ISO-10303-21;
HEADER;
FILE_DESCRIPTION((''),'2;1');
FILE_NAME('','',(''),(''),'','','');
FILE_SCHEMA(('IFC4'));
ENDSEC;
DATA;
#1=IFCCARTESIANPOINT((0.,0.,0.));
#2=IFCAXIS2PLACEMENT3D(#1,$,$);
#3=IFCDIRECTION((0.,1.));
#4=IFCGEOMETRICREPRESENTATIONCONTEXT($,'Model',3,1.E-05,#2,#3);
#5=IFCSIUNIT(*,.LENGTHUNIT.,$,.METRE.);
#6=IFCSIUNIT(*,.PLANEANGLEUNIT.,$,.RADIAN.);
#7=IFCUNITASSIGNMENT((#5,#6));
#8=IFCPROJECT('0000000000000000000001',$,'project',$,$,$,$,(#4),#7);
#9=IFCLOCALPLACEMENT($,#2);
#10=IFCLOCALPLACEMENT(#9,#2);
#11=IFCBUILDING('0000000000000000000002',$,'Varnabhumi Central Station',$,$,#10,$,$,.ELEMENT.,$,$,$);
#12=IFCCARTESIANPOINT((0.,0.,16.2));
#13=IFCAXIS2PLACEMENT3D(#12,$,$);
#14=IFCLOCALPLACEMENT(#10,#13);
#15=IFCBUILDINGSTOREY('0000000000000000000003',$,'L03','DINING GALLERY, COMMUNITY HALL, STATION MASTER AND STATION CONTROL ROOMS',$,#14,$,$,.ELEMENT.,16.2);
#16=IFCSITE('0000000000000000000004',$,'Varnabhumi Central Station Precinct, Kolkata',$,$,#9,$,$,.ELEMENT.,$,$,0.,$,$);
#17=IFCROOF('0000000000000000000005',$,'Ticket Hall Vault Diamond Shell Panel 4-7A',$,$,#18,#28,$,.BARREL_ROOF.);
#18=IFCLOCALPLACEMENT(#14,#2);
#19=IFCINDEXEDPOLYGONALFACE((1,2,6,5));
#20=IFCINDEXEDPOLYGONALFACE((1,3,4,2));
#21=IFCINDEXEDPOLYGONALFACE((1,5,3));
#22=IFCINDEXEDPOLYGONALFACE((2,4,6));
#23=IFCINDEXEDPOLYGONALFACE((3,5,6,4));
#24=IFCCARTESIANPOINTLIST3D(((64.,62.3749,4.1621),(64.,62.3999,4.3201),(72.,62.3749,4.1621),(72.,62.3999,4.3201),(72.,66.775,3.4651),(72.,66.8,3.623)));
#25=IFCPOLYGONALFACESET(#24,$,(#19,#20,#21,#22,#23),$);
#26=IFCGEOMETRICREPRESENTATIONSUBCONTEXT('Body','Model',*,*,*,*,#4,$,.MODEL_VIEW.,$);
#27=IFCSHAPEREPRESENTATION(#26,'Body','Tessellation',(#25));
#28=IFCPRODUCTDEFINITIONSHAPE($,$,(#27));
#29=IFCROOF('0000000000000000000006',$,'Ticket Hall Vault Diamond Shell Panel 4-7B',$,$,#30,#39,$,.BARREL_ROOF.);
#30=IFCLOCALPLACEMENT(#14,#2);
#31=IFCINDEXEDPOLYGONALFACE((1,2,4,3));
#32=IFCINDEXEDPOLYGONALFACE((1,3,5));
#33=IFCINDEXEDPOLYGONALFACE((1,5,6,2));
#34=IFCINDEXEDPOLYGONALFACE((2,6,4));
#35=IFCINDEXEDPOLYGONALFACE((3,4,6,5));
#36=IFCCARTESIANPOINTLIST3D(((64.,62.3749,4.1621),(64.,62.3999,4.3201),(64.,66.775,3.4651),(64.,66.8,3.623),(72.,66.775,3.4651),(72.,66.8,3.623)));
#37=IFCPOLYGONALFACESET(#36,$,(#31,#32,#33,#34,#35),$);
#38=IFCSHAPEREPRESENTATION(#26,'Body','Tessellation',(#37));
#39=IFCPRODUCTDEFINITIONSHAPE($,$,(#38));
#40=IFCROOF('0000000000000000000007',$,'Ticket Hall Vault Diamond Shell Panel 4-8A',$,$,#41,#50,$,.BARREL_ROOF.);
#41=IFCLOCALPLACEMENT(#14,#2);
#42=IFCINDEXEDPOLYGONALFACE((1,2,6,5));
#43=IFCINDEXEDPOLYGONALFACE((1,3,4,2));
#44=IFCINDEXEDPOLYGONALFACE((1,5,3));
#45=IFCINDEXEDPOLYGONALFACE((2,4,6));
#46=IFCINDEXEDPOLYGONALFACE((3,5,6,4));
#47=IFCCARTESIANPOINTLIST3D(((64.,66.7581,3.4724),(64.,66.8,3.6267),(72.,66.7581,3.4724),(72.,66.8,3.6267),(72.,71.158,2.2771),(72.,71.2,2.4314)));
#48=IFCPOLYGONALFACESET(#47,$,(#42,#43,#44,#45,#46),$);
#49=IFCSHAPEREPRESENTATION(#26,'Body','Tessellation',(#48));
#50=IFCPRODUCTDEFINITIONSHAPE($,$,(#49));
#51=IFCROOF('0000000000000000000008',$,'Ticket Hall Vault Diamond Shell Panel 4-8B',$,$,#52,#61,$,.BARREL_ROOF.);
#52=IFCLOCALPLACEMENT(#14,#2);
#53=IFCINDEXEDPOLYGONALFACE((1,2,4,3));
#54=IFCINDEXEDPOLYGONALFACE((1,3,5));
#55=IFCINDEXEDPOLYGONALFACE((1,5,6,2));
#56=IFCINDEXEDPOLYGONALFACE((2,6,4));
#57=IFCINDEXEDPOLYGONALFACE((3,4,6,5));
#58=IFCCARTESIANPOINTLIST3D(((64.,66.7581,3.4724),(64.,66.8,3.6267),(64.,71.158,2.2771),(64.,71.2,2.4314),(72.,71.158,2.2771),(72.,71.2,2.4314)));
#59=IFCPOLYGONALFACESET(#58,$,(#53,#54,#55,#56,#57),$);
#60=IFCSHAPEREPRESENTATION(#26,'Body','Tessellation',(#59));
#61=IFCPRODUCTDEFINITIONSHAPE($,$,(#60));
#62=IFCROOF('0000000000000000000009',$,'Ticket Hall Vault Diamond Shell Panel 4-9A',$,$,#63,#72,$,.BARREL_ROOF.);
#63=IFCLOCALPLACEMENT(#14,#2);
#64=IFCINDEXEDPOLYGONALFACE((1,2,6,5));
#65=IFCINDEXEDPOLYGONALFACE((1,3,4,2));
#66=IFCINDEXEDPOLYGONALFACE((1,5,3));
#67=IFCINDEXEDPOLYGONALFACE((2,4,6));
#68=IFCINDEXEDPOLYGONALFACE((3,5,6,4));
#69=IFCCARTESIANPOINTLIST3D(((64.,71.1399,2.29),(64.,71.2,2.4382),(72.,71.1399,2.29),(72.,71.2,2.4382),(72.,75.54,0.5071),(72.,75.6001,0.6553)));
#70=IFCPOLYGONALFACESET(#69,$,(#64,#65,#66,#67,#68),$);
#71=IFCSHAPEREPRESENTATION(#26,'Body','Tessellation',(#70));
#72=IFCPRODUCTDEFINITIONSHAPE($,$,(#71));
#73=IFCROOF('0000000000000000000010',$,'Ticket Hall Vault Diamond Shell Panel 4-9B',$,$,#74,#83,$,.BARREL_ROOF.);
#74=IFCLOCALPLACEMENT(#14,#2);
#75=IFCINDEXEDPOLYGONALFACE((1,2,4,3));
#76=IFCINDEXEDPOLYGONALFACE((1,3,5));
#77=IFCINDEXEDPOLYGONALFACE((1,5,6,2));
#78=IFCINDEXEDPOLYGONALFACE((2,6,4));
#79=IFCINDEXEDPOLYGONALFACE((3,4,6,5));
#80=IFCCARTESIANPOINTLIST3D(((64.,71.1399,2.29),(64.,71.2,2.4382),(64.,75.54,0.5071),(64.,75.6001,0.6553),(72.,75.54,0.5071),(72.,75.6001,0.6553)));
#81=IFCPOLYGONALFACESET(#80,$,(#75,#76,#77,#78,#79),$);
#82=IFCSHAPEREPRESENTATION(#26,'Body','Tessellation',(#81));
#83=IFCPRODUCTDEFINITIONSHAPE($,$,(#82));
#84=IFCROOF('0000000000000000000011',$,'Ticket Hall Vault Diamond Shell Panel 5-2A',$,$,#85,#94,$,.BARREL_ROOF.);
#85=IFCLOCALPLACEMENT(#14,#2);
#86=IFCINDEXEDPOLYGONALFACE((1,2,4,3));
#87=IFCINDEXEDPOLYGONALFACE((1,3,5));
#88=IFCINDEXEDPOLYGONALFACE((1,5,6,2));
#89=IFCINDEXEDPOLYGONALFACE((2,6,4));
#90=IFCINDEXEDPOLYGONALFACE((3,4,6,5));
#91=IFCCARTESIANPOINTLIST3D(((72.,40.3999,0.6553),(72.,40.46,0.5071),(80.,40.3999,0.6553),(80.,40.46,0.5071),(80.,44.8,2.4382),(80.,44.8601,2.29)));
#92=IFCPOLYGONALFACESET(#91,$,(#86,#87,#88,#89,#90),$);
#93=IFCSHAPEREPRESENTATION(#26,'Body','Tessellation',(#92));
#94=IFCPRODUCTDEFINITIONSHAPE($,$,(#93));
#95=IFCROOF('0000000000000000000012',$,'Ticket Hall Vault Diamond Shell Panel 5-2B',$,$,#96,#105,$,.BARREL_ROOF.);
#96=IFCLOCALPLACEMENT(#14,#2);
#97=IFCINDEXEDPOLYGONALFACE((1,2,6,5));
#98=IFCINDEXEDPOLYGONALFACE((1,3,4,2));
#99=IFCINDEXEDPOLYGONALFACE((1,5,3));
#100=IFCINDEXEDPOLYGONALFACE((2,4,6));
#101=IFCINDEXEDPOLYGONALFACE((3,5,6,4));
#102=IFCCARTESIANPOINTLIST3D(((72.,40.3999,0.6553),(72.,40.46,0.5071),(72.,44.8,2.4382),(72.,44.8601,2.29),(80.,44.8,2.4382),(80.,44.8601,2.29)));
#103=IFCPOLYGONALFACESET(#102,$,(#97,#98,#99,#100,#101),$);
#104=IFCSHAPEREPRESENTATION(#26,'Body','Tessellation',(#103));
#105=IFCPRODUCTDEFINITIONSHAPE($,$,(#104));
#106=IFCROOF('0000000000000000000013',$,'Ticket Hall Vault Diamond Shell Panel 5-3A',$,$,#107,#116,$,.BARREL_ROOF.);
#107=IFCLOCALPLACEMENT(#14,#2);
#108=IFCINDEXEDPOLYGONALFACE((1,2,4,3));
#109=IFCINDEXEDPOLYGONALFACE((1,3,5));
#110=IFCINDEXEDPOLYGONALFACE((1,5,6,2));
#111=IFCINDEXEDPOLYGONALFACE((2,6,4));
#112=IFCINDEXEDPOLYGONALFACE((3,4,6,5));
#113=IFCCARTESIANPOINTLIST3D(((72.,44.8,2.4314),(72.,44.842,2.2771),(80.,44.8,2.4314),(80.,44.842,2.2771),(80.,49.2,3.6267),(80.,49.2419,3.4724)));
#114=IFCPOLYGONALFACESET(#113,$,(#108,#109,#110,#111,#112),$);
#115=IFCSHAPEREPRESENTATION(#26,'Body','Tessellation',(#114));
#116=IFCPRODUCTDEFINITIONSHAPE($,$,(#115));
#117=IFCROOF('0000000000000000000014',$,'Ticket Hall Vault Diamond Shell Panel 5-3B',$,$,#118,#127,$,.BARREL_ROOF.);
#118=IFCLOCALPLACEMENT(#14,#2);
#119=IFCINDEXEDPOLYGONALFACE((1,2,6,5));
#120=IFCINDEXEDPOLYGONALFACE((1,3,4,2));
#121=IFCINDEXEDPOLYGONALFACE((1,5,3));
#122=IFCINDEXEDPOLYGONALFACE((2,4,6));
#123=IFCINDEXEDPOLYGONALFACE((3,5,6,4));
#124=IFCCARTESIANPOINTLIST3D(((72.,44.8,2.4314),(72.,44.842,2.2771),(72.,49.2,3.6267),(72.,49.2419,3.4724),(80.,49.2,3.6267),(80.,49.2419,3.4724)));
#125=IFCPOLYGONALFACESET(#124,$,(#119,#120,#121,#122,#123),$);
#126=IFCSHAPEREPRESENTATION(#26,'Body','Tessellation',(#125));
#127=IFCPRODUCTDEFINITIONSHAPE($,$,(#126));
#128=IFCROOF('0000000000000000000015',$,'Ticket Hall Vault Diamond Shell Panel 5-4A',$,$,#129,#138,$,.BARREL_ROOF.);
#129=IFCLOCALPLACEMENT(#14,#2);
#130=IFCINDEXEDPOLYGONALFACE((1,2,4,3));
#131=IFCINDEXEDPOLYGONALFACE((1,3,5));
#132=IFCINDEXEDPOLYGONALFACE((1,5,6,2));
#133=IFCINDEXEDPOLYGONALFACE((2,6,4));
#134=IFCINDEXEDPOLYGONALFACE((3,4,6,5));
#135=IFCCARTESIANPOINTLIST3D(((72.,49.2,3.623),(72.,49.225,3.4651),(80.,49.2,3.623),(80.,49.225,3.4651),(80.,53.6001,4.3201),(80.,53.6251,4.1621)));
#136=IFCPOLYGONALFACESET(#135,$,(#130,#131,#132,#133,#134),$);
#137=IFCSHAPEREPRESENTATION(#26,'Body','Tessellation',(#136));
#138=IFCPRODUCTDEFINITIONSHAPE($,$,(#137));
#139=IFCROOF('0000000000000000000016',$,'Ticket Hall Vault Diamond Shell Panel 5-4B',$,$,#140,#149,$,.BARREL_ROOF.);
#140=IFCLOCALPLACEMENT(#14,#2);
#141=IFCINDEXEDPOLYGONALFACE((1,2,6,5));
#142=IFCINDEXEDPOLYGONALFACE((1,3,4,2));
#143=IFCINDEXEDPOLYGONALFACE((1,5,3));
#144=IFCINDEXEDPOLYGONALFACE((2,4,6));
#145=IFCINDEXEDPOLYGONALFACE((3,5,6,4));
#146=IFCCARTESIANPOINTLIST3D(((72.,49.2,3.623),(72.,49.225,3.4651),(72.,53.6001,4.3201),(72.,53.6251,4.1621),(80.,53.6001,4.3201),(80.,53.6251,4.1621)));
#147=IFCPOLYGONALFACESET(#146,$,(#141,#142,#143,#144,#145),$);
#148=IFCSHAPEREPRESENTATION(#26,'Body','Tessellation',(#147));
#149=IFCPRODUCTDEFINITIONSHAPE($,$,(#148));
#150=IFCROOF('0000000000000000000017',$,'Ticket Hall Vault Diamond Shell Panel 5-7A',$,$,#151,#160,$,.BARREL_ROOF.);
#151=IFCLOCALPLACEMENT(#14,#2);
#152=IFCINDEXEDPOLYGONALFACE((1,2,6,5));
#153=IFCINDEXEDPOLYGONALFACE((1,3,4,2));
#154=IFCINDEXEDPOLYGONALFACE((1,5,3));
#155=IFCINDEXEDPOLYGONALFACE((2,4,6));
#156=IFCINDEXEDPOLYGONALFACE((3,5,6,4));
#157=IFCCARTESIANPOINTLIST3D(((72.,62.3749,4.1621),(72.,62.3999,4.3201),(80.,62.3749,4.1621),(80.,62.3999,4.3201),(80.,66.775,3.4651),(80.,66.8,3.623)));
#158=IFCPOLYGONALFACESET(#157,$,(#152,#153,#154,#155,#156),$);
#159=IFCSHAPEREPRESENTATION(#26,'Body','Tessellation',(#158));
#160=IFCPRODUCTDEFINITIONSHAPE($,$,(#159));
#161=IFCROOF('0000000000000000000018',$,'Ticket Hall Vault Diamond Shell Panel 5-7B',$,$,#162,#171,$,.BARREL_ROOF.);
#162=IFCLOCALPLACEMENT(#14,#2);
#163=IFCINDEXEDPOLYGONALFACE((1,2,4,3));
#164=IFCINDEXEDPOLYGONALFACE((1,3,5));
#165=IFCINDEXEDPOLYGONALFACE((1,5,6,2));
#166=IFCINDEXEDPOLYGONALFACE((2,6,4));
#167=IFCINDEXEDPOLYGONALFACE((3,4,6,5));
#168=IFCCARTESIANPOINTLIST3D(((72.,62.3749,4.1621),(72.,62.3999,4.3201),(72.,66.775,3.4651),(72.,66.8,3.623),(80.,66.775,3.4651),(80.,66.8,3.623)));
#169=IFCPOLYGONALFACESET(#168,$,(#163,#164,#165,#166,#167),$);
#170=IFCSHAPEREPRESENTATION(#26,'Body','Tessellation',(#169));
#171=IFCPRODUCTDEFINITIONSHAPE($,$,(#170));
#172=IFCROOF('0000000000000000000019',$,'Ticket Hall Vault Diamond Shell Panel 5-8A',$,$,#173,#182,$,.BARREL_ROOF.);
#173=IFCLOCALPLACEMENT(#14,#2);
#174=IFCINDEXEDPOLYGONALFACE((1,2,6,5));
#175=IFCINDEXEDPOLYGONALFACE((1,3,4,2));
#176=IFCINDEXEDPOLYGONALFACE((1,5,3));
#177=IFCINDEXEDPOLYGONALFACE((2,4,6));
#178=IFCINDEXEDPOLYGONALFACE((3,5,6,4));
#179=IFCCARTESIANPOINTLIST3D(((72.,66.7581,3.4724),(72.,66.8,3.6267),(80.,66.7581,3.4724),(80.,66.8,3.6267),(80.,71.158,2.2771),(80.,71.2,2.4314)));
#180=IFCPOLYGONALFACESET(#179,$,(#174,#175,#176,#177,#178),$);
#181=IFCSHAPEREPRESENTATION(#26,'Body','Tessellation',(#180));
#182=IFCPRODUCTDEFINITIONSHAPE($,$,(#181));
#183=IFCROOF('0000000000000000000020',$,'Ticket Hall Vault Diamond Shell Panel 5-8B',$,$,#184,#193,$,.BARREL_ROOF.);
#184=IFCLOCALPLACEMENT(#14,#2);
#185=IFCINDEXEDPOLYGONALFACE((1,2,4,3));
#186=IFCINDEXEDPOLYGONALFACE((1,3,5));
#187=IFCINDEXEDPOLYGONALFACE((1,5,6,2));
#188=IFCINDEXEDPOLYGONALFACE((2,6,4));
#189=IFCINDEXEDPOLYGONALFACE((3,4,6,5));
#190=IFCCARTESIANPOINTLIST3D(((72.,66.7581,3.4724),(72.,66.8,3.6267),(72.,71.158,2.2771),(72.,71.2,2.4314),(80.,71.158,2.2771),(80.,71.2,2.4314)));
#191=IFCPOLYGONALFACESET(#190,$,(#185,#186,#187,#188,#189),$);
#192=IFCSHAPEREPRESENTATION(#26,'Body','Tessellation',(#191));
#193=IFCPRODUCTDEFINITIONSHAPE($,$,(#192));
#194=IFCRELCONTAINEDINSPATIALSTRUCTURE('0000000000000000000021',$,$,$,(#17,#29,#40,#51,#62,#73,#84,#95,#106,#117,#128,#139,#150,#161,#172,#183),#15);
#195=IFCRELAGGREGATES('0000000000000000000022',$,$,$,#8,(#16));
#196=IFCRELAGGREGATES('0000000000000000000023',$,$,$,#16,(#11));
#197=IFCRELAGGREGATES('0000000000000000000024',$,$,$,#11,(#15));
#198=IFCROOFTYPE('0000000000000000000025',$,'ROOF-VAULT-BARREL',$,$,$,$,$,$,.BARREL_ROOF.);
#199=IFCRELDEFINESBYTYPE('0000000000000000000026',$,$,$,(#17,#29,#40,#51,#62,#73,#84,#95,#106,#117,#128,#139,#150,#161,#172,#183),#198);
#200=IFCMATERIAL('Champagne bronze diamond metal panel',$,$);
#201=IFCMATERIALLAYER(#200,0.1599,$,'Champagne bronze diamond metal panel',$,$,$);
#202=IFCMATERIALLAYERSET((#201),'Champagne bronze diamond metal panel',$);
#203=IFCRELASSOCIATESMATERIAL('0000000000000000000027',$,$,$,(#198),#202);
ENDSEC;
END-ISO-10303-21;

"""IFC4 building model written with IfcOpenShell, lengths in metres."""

from ifc_helpers import new_model, si_unit, direction, frame, origin, place, context, subcontext, project, spatial, polyline, outline, extrude, material, layer, layer_set, type_object, element, save


model = new_model("IFC4")

# Units and contexts
model_context = context("Model", 3, precision=1e-05, world=origin(), true_north=direction((0.0, 1.0)))
body_context = subcontext(model_context, "Body", "Model", "MODEL_VIEW")
ifc_project = project(units=[si_unit("LENGTHUNIT", "METRE"), si_unit("PLANEANGLEUNIT", "RADIAN")], contexts=[model_context])

# Site, building, storey
site_placement = place(None, origin())
site = spatial("IfcSite", under=ifc_project, at=site_placement, Name="Varnabhumi Central Station Precinct, Kolkata", CompositionType="ELEMENT", RefElevation=0.0)
building_placement = place(site_placement, origin())
building = spatial("IfcBuilding", under=site, at=building_placement, Name="Varnabhumi Central Station", CompositionType="ELEMENT")
storey_placement = place(building_placement, frame((0.0, 0.0, 16.2)))
storey = spatial("IfcBuildingStorey", under=building, at=storey_placement, Name="L03", Description="DINING GALLERY, COMMUNITY HALL, STATION MASTER AND STATION CONTROL ROOMS", CompositionType="ELEMENT", Elevation=16.2)

# Roofs
ifc_material_1 = material(Name="Champagne bronze diamond metal panel")
ifc_layer_1 = layer(ifc_material_1, 0.1599, Name="Champagne bronze diamond metal panel")
ifc_layer_set_1 = layer_set([ifc_layer_1], Name="Champagne bronze diamond metal panel")
roof_type = type_object("IfcRoofType", Name="ROOF-VAULT-BARREL", PredefinedType="BARREL_ROOF", material=ifc_layer_set_1)
roof_1_placement = place(storey_placement, frame((64.0, 62.3999, 4.3201), z_axis=(0.0, 0.156458, 0.987685), x_axis=(1.0, 0.0, 0.0)))
element("IfcRoof", 1, at=roof_1_placement, inside=storey, type_object=roof_type, Name="Ticket Hall Vault Diamond Shell Panel 4-7A", PredefinedType="BARREL_ROOF", context=body_context, shape_type="SweptSolid", body=[
    extrude(outline(polyline([(0.0, 0.0), (8.0, 0.0), (8.0, 4.455), (0.0, 0.0)])), origin(), (0.0, 0.0, -1.0), 0.1599),
])
roof_2_placement = place(storey_placement, frame((64.0, 62.3999, 4.3201), z_axis=(0.0, 0.156458, 0.987685), x_axis=(0.873667, 0.480533, -0.076121)))
element("IfcRoof", 2, at=roof_2_placement, inside=storey, type_object=roof_type, Name="Ticket Hall Vault Diamond Shell Panel 4-7B", PredefinedType="BARREL_ROOF", context=body_context, shape_type="SweptSolid", body=[
    extrude(outline(polyline([(0.0, 0.0), (9.1568, 0.0), (2.1675, 3.8922), (0.0, 0.0)])), origin(), (0.0, 0.0, -1.0), 0.1599),
])
roof_3_placement = place(storey_placement, frame((64.0, 66.8, 3.6267), z_axis=(0.0, 0.262166, 0.965023), x_axis=(1.0, 0.0, 0.0)))
element("IfcRoof", 3, at=roof_3_placement, inside=storey, type_object=roof_type, Name="Ticket Hall Vault Diamond Shell Panel 4-8A", PredefinedType="BARREL_ROOF", context=body_context, shape_type="SweptSolid", body=[
    extrude(outline(polyline([(0.0, 0.0), (8.0, 0.0), (8.0, 4.5594), (0.0, 0.0)])), origin(), (0.0, 0.0, -1.0), 0.1599),
])
roof_4_placement = place(storey_placement, frame((64.0, 66.8, 3.6267), z_axis=(0.0, 0.262166, 0.965023), x_axis=(0.868806, 0.477833, -0.129812)))
element("IfcRoof", 4, at=roof_4_placement, inside=storey, type_object=roof_type, Name="Ticket Hall Vault Diamond Shell Panel 4-8B", PredefinedType="BARREL_ROOF", context=body_context, shape_type="SweptSolid", body=[
    extrude(outline(polyline([(0.0, 0.0), (9.208, 0.0), (2.2576, 3.9612), (0.0, 0.0)])), origin(), (0.0, 0.0, -1.0), 0.1599),
])
roof_5_placement = place(storey_placement, frame((64.0, 71.2, 2.4382), z_axis=(0.0, 0.375545, 0.926804), x_axis=(1.0, 0.0, 0.0)))
element("IfcRoof", 5, at=roof_5_placement, inside=storey, type_object=roof_type, Name="Ticket Hall Vault Diamond Shell Panel 4-9A", PredefinedType="BARREL_ROOF", context=body_context, shape_type="SweptSolid", body=[
    extrude(outline(polyline([(0.0, 0.0), (8.0, 0.0), (8.0, 4.7477), (0.0, 0.0)])), origin(), (0.0, 0.0, -1.0), 0.1599),
])
roof_6_placement = place(storey_placement, frame((64.0, 71.2, 2.4382), z_axis=(0.0, 0.375545, 0.926804), x_axis=(0.859965, 0.472997, -0.19166)))
element("IfcRoof", 6, at=roof_6_placement, inside=storey, type_object=roof_type, Name="Ticket Hall Vault Diamond Shell Panel 4-9B", PredefinedType="BARREL_ROOF", context=body_context, shape_type="SweptSolid", body=[
    extrude(outline(polyline([(0.0, 0.0), (9.3027, 0.0), (2.423, 4.0828), (0.0, 0.0)])), origin(), (0.0, 0.0, -1.0), 0.1599),
])
roof_7_placement = place(storey_placement, frame((72.0, 40.3999, 0.6553), z_axis=(0.0, -0.375545, 0.926804), x_axis=(1.0, 0.0, 0.0)))
element("IfcRoof", 7, at=roof_7_placement, inside=storey, type_object=roof_type, Name="Ticket Hall Vault Diamond Shell Panel 5-2A", PredefinedType="BARREL_ROOF", context=body_context, shape_type="SweptSolid", body=[
    extrude(outline(polyline([(0.0, 0.0), (8.0, 0.0), (8.0, 4.7477), (0.0, 0.0)])), origin(), (0.0, 0.0, -1.0), 0.1599),
])
roof_8_placement = place(storey_placement, frame((72.0, 40.3999, 0.6553), z_axis=(0.0, -0.375545, 0.926804), x_axis=(0.859965, 0.472997, 0.19166)))
element("IfcRoof", 8, at=roof_8_placement, inside=storey, type_object=roof_type, Name="Ticket Hall Vault Diamond Shell Panel 5-2B", PredefinedType="BARREL_ROOF", context=body_context, shape_type="SweptSolid", body=[
    extrude(outline(polyline([(0.0, 0.0), (9.3027, 0.0), (2.423, 4.0828), (0.0, 0.0)])), origin(), (0.0, 0.0, -1.0), 0.1599),
])
roof_9_placement = place(storey_placement, frame((72.0, 44.8, 2.4314), z_axis=(0.0, -0.262166, 0.965023), x_axis=(1.0, 0.0, 0.0)))
element("IfcRoof", 9, at=roof_9_placement, inside=storey, type_object=roof_type, Name="Ticket Hall Vault Diamond Shell Panel 5-3A", PredefinedType="BARREL_ROOF", context=body_context, shape_type="SweptSolid", body=[
    extrude(outline(polyline([(0.0, 0.0), (8.0, 0.0), (8.0, 4.5594), (0.0, 0.0)])), origin(), (0.0, 0.0, -1.0), 0.1599),
])
roof_10_placement = place(storey_placement, frame((72.0, 44.8, 2.4314), z_axis=(0.0, -0.262166, 0.965023), x_axis=(0.868806, 0.477833, 0.129812)))
element("IfcRoof", 10, at=roof_10_placement, inside=storey, type_object=roof_type, Name="Ticket Hall Vault Diamond Shell Panel 5-3B", PredefinedType="BARREL_ROOF", context=body_context, shape_type="SweptSolid", body=[
    extrude(outline(polyline([(0.0, 0.0), (9.208, 0.0), (2.2576, 3.9612), (0.0, 0.0)])), origin(), (0.0, 0.0, -1.0), 0.1599),
])
roof_11_placement = place(storey_placement, frame((72.0, 49.2, 3.623), z_axis=(0.0, -0.156458, 0.987685), x_axis=(1.0, 0.0, 0.0)))
element("IfcRoof", 11, at=roof_11_placement, inside=storey, type_object=roof_type, Name="Ticket Hall Vault Diamond Shell Panel 5-4A", PredefinedType="BARREL_ROOF", context=body_context, shape_type="SweptSolid", body=[
    extrude(outline(polyline([(0.0, 0.0), (8.0, 0.0), (8.0, 4.455), (0.0, 0.0)])), origin(), (0.0, 0.0, -1.0), 0.1599),
])
roof_12_placement = place(storey_placement, frame((72.0, 49.2, 3.623), z_axis=(0.0, -0.156458, 0.987685), x_axis=(0.873667, 0.480533, 0.076121)))
element("IfcRoof", 12, at=roof_12_placement, inside=storey, type_object=roof_type, Name="Ticket Hall Vault Diamond Shell Panel 5-4B", PredefinedType="BARREL_ROOF", context=body_context, shape_type="SweptSolid", body=[
    extrude(outline(polyline([(0.0, 0.0), (9.1568, 0.0), (2.1675, 3.8922), (0.0, 0.0)])), origin(), (0.0, 0.0, -1.0), 0.1599),
])
roof_13_placement = place(storey_placement, frame((72.0, 62.3999, 4.3201), z_axis=(0.0, 0.156458, 0.987685), x_axis=(1.0, 0.0, 0.0)))
element("IfcRoof", 13, at=roof_13_placement, inside=storey, type_object=roof_type, Name="Ticket Hall Vault Diamond Shell Panel 5-7A", PredefinedType="BARREL_ROOF", context=body_context, shape_type="SweptSolid", body=[
    extrude(outline(polyline([(0.0, 0.0), (8.0, 0.0), (8.0, 4.455), (0.0, 0.0)])), origin(), (0.0, 0.0, -1.0), 0.1599),
])
roof_14_placement = place(storey_placement, frame((72.0, 62.3999, 4.3201), z_axis=(0.0, 0.156458, 0.987685), x_axis=(0.873667, 0.480533, -0.076121)))
element("IfcRoof", 14, at=roof_14_placement, inside=storey, type_object=roof_type, Name="Ticket Hall Vault Diamond Shell Panel 5-7B", PredefinedType="BARREL_ROOF", context=body_context, shape_type="SweptSolid", body=[
    extrude(outline(polyline([(0.0, 0.0), (9.1568, 0.0), (2.1675, 3.8922), (0.0, 0.0)])), origin(), (0.0, 0.0, -1.0), 0.1599),
])
roof_15_placement = place(storey_placement, frame((72.0, 66.8, 3.6267), z_axis=(0.0, 0.262166, 0.965023), x_axis=(1.0, 0.0, 0.0)))
element("IfcRoof", 15, at=roof_15_placement, inside=storey, type_object=roof_type, Name="Ticket Hall Vault Diamond Shell Panel 5-8A", PredefinedType="BARREL_ROOF", context=body_context, shape_type="SweptSolid", body=[
    extrude(outline(polyline([(0.0, 0.0), (8.0, 0.0), (8.0, 4.5594), (0.0, 0.0)])), origin(), (0.0, 0.0, -1.0), 0.1599),
])
roof_16_placement = place(storey_placement, frame((72.0, 66.8, 3.6267), z_axis=(0.0, 0.262166, 0.965023), x_axis=(0.868806, 0.477833, -0.129812)))
element("IfcRoof", 16, at=roof_16_placement, inside=storey, type_object=roof_type, Name="Ticket Hall Vault Diamond Shell Panel 5-8B", PredefinedType="BARREL_ROOF", context=body_context, shape_type="SweptSolid", body=[
    extrude(outline(polyline([(0.0, 0.0), (9.208, 0.0), (2.2576, 3.9612), (0.0, 0.0)])), origin(), (0.0, 0.0, -1.0), 0.1599),
])

save(model, "model.ifc")
